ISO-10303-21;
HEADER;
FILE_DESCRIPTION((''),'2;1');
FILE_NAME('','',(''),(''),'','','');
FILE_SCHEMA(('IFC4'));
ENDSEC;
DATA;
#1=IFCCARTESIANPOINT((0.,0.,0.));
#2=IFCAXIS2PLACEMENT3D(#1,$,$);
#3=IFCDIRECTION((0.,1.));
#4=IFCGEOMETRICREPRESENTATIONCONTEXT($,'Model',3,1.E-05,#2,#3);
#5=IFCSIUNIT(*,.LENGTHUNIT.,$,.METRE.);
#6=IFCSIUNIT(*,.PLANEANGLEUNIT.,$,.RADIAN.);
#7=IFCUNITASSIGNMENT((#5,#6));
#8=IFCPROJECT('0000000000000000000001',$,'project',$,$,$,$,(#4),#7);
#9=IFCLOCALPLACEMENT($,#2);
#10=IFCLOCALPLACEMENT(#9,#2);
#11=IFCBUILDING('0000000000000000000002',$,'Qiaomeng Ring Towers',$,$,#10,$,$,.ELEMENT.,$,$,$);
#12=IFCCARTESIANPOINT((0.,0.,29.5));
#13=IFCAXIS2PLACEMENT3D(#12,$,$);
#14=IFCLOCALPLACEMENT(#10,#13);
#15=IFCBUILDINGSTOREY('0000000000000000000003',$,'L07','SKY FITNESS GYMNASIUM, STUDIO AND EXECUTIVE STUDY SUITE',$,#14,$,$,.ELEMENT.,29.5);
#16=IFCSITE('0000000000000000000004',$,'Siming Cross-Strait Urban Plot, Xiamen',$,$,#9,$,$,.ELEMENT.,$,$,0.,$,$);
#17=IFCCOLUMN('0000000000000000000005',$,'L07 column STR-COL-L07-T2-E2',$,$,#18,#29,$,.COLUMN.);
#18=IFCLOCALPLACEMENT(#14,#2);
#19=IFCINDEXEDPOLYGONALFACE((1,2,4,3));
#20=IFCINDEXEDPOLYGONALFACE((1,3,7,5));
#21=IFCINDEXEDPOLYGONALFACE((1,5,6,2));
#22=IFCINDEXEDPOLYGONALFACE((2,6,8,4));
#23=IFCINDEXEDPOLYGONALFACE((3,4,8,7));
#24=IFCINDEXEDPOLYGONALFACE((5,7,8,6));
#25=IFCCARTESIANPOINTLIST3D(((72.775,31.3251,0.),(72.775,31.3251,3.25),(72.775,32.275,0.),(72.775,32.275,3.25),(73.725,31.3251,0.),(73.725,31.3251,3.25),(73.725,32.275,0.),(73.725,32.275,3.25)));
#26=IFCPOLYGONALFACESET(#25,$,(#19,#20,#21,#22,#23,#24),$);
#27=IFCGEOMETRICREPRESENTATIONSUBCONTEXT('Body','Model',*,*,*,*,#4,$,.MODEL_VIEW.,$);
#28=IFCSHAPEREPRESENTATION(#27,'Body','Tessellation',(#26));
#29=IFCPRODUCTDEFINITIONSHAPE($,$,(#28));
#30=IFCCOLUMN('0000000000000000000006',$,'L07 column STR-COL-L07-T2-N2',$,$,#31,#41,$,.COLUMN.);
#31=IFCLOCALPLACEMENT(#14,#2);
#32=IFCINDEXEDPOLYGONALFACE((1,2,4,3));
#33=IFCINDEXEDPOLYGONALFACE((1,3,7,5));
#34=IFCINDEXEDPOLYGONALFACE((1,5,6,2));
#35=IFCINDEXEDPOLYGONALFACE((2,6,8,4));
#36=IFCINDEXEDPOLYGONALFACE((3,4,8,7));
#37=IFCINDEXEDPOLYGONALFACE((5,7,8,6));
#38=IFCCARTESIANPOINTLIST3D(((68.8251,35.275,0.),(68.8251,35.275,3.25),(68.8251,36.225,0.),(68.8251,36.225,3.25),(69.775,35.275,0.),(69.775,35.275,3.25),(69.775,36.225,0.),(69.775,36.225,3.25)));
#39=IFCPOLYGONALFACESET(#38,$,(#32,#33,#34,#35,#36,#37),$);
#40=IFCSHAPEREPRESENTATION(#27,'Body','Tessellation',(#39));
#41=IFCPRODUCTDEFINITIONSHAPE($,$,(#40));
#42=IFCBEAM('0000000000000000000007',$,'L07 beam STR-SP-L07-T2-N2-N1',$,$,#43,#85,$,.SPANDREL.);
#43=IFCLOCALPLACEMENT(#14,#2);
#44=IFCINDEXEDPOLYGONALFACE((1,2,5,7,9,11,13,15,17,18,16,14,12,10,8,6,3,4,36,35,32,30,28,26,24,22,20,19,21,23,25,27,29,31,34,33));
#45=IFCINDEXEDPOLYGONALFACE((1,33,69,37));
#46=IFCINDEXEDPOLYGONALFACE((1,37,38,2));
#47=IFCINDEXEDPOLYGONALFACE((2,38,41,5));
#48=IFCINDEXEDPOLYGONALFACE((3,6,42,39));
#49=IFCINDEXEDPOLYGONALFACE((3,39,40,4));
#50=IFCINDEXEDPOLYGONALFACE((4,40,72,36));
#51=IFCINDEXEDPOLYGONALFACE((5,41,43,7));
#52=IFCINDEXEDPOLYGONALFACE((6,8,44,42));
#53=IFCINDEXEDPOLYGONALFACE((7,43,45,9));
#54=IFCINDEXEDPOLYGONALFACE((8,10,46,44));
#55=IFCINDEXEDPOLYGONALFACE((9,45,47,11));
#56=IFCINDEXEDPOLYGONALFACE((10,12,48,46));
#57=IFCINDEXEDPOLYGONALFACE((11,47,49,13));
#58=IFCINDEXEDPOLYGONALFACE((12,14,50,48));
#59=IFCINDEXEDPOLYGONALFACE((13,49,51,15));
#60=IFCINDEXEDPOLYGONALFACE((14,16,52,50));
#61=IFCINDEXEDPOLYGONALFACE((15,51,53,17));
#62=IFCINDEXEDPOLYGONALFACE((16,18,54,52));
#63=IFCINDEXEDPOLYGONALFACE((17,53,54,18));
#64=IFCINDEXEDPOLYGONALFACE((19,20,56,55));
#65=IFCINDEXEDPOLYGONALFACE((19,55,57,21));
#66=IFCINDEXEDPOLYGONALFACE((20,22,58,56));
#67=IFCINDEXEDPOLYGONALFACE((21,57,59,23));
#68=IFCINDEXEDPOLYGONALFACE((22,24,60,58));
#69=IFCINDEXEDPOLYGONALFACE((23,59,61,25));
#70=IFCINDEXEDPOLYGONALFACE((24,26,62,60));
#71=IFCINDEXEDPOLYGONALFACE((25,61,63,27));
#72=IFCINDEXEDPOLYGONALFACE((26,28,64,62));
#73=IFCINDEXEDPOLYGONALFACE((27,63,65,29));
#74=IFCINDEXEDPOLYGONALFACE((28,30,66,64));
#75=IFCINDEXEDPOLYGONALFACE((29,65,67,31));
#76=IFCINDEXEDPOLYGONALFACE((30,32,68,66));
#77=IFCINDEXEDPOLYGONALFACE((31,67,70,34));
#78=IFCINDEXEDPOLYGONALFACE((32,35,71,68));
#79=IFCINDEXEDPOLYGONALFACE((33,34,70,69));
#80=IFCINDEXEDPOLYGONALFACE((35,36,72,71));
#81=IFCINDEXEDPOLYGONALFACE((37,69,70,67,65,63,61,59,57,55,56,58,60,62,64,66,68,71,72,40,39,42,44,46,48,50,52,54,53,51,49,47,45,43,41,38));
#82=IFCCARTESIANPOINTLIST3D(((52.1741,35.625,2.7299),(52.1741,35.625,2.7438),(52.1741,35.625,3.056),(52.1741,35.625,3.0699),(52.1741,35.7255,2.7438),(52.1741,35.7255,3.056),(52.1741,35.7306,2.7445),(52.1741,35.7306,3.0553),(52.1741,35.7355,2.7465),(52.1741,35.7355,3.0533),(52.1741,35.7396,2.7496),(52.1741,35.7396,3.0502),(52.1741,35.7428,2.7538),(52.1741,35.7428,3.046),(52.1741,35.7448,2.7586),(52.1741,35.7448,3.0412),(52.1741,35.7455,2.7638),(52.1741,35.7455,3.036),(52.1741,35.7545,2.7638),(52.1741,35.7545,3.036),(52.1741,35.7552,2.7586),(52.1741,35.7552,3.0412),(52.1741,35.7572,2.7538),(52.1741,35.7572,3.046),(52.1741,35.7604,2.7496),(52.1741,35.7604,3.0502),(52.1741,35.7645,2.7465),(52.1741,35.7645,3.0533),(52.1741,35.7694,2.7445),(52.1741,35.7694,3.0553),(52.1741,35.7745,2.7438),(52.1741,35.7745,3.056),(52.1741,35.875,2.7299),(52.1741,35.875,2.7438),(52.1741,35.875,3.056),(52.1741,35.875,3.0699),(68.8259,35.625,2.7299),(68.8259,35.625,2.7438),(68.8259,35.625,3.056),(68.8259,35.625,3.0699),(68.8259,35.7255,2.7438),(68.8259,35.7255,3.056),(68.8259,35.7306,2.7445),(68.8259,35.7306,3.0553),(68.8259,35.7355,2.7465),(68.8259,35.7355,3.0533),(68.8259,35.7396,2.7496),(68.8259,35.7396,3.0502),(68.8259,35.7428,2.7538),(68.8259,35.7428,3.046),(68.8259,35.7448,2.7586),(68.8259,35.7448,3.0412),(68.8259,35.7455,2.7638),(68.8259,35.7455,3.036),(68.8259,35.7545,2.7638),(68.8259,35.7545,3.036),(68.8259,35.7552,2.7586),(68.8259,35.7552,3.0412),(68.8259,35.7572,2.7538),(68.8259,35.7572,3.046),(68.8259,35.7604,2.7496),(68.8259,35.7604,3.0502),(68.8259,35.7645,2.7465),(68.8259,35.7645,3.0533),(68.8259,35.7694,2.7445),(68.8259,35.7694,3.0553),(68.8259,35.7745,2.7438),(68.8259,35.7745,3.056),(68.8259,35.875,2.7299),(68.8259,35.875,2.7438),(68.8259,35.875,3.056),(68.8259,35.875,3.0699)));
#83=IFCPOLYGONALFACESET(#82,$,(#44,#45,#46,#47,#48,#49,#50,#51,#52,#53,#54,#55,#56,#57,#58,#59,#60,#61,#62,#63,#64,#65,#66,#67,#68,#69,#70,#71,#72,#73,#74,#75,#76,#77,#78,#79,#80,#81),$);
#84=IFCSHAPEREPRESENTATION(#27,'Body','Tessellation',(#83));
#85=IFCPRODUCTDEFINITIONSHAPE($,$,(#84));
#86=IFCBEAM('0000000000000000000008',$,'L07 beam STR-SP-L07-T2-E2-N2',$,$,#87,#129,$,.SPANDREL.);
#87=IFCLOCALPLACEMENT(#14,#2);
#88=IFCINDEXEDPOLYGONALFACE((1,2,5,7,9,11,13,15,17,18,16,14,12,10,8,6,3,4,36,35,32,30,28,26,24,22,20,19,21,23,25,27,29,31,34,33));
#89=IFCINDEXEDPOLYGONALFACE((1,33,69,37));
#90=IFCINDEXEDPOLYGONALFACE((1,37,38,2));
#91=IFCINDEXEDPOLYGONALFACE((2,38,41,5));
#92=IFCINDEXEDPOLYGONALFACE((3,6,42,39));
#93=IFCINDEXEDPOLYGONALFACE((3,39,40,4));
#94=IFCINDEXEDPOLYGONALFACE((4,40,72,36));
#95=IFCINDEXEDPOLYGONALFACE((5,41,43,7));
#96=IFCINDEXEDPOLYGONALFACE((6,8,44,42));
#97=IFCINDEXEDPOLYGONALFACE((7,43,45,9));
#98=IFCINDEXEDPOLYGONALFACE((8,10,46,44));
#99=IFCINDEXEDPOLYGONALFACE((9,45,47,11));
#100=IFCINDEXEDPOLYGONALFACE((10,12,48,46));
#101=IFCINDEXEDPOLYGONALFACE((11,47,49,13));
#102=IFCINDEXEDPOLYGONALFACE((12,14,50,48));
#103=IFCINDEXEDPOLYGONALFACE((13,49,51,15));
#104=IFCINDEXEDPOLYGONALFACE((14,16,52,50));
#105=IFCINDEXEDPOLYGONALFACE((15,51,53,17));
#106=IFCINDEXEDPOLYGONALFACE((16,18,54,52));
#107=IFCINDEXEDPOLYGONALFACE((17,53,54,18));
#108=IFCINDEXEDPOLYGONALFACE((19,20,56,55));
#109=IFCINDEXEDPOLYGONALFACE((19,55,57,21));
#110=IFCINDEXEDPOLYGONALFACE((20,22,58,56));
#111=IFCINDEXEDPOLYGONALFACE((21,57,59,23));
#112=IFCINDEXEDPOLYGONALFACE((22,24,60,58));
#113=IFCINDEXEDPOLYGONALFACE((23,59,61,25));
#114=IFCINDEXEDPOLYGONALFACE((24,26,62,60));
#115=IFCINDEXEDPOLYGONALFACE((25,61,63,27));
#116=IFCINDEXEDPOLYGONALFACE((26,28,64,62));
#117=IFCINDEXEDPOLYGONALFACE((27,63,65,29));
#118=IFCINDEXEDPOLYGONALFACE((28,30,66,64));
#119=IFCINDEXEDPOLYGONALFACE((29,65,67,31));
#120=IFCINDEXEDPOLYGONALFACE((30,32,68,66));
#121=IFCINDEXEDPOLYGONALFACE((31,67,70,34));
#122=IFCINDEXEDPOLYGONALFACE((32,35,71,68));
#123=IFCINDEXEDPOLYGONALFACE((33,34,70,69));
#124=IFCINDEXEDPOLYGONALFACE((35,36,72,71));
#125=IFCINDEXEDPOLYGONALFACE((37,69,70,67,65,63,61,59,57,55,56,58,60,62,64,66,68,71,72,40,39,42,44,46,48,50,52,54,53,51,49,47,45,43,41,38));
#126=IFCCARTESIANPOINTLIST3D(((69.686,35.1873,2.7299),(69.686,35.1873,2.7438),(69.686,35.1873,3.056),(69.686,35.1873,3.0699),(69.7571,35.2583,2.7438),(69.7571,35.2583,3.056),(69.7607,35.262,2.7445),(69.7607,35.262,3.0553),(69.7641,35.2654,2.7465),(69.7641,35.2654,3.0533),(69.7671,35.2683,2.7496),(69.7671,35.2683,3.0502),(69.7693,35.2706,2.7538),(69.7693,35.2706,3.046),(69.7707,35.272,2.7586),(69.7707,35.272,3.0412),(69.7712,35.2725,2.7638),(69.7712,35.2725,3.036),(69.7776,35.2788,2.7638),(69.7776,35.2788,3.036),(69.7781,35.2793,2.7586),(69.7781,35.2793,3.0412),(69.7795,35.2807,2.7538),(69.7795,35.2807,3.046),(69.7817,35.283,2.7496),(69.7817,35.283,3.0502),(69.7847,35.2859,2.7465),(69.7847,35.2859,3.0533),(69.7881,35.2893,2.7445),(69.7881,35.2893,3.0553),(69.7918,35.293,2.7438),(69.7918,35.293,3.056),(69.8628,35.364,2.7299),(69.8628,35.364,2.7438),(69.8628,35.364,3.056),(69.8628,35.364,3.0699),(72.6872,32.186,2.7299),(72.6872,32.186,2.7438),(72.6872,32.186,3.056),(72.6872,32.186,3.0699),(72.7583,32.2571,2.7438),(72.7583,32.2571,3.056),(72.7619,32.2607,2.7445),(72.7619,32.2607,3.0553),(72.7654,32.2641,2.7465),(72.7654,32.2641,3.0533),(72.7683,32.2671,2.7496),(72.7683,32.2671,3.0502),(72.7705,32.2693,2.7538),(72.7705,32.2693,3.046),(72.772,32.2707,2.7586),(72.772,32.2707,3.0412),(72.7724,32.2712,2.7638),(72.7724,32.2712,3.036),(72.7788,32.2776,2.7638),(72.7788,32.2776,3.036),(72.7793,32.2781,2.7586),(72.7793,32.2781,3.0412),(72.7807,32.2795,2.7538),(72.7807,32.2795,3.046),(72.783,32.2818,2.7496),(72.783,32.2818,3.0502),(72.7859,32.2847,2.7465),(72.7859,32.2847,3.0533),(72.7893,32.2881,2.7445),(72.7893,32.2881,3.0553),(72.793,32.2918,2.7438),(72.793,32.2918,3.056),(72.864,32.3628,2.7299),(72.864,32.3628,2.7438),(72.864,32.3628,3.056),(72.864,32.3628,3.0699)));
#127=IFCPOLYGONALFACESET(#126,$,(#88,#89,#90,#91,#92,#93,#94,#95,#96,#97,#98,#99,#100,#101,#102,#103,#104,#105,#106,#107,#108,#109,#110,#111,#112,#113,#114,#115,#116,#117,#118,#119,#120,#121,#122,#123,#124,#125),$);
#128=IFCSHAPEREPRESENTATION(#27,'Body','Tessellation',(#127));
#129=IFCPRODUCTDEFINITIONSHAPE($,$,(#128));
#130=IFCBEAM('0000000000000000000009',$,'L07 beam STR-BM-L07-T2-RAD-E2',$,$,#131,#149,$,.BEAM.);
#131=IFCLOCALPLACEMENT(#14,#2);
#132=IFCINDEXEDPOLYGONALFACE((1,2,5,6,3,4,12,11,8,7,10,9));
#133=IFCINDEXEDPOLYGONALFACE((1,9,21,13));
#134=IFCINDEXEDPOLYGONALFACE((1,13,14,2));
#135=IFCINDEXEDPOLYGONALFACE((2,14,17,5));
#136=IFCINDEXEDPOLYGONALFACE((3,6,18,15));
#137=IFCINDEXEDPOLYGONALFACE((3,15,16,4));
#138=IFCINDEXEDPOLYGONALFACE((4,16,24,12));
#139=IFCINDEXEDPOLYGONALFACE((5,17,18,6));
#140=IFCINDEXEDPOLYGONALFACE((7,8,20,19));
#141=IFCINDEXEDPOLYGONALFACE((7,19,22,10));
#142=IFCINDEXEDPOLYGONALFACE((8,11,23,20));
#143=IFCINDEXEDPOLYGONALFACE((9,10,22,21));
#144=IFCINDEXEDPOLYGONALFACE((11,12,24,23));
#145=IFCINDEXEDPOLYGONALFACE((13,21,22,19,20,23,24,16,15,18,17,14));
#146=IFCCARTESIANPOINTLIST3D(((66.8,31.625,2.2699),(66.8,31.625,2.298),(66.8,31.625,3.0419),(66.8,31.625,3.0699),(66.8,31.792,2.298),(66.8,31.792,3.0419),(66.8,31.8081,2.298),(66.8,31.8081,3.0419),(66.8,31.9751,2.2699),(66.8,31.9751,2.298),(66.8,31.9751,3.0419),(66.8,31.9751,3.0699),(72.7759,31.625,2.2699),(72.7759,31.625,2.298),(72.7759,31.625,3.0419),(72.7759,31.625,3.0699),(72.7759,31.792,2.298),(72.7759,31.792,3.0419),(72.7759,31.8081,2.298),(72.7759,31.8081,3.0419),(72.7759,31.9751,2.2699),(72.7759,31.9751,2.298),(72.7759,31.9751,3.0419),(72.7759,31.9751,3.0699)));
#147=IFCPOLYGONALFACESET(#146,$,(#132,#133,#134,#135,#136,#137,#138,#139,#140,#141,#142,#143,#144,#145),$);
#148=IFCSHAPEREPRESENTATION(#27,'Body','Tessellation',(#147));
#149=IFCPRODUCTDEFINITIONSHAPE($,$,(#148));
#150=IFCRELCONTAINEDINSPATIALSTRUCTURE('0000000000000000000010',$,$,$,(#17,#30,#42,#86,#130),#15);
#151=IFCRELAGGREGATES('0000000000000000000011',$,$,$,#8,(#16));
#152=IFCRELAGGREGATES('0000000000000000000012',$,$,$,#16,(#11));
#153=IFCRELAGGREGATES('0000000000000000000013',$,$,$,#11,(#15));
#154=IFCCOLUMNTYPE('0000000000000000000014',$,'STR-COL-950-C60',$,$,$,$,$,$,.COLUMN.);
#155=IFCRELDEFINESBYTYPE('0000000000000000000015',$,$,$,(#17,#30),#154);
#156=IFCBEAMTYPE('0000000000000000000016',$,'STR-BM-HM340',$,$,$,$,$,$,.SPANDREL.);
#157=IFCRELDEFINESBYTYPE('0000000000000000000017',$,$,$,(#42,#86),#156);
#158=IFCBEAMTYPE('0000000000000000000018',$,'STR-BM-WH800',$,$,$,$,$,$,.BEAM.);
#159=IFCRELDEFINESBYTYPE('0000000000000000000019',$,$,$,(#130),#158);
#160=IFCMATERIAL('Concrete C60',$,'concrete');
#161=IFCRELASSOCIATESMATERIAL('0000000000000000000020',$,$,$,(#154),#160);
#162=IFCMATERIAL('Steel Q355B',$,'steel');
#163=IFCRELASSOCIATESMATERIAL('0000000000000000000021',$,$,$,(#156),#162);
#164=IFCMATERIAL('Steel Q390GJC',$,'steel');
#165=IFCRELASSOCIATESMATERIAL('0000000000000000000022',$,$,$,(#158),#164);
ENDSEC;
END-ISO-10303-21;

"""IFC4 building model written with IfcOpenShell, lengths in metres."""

from ifc_helpers import new_model, si_unit, direction, frame, origin, origin_2d, place, context, subcontext, project, spatial, rectangle, i_section, extrude, source, transform, mapped, material, material_profile, profile_set, type_object, element, save


model = new_model("IFC4")

# Units and contexts
model_context = context("Model", 3, precision=1e-05, world=origin(), true_north=direction((0.0, 1.0)))
body_context = subcontext(model_context, "Body", "Model", "MODEL_VIEW")
ifc_project = project(units=[si_unit("LENGTHUNIT", "METRE"), si_unit("PLANEANGLEUNIT", "RADIAN")], contexts=[model_context])

# Site, building, storey
site_placement = place(None, origin())
site = spatial("IfcSite", under=ifc_project, at=site_placement, Name="Siming Cross-Strait Urban Plot, Xiamen", CompositionType="ELEMENT", RefElevation=0.0)
building_placement = place(site_placement, origin())
building = spatial("IfcBuilding", under=site, at=building_placement, Name="Qiaomeng Ring Towers", CompositionType="ELEMENT")
storey_placement = place(building_placement, frame((0.0, 0.0, 29.5)))
storey = spatial("IfcBuildingStorey", under=building, at=storey_placement, Name="L07", Description="SKY FITNESS GYMNASIUM, STUDIO AND EXECUTIVE STUDY SUITE", CompositionType="ELEMENT", Elevation=29.5)

# Columns
ifc_material_1 = material(Name="Concrete C60", Category="concrete")
ifc_material_profile_1 = material_profile(ifc_material_1, rectangle(XDim=0.95, YDim=0.95, at=origin_2d()), Name="RC COL 950x950")
ifc_profile_set_1 = profile_set([ifc_material_profile_1], Name="Concrete C60")
column_type = type_object("IfcColumnType", Name="STR-COL-950-C60", PredefinedType="COLUMN", material=ifc_profile_set_1)
shared_shape_1 = source(origin(), body_context, "Body", "SweptSolid", [
    extrude(rectangle(XDim=0.95, YDim=0.95, at=origin_2d()), origin(), (0.0, 0.0, 1.0), 3.25),
])
for number, where, z_axis, x_axis, name in (
    (1, (73.25, 31.8, 0.0), (0.0, 0.0, 1.0), (1.0, 0.0, 0.0), "L07 column STR-COL-L07-T2-E2"),
    (2, (69.3, 35.75, 0.0), (0.0, 0.0, 1.0), (1.0, 0.0, 0.0), "L07 column STR-COL-L07-T2-N2"),
):
    element("IfcColumn", number, at=place(storey_placement, frame(where, z_axis=z_axis, x_axis=x_axis)), inside=storey, type_object=column_type, Name=name, PredefinedType="COLUMN", context=body_context, shape_type="MappedRepresentation", body=[
        mapped(shared_shape_1, transform((0.0, 0.0, 0.0), x_axis=(1.0, 0.0, 0.0), y_axis=(0.0, 1.0, 0.0), z_axis=(0.0, 0.0, 1.0), scale=1.0)),
    ])

# Beams
ifc_material_2 = material(Name="Steel Q355B", Category="steel")
ifc_material_profile_2 = material_profile(ifc_material_2, i_section(OverallWidth=0.25, OverallDepth=0.3401, WebThickness=0.009, FlangeThickness=0.0139, FilletRadius=0.02, at=origin_2d()), Name="HM 340x250x9x14")
ifc_profile_set_2 = profile_set([ifc_material_profile_2], Name="Steel Q355B")
beam_type_1 = type_object("IfcBeamType", Name="STR-BM-HM340", PredefinedType="SPANDREL", material=ifc_profile_set_2)
shared_shape_2 = source(origin(), body_context, "Body", "SweptSolid", [
    extrude(i_section(OverallWidth=0.25, OverallDepth=0.3401, WebThickness=0.009, FlangeThickness=0.0139, FilletRadius=0.02, at=origin_2d()), origin(), (0.0, 0.0, 1.0), 16.6519),
])
beam_1_placement = place(storey_placement, frame((68.8259, 35.75, 2.8999), z_axis=(-1.0, 0.0, 0.0), x_axis=(0.0, -1.0, 0.0)))
element("IfcBeam", 3, at=beam_1_placement, inside=storey, type_object=beam_type_1, Name="L07 beam STR-SP-L07-T2-N2-N1", PredefinedType="SPANDREL", context=body_context, shape_type="MappedRepresentation", body=[
    mapped(shared_shape_2, transform((0.0, 0.0, 0.0), x_axis=(1.0, 0.0, 0.0), y_axis=(0.0, 1.0, 0.0), z_axis=(0.0, 0.0, 1.0), scale=1.0)),
])
shared_shape_3 = source(origin(), body_context, "Body", "SweptSolid", [
    extrude(i_section(OverallWidth=0.25, OverallDepth=0.3401, WebThickness=0.009, FlangeThickness=0.0139, FilletRadius=0.02, at=origin_2d()), origin(), (0.0, 0.0, 1.0), 4.2444),
])
beam_2_placement = place(storey_placement, frame((72.7756, 32.2744, 2.8999), z_axis=(-0.707107, 0.707107, 0.0), x_axis=(-0.707107, -0.707107, 0.0)))
element("IfcBeam", 4, at=beam_2_placement, inside=storey, type_object=beam_type_1, Name="L07 beam STR-SP-L07-T2-E2-N2", PredefinedType="SPANDREL", context=body_context, shape_type="MappedRepresentation", body=[
    mapped(shared_shape_3, transform((0.0, 0.0, 0.0), x_axis=(1.0, 0.0, 0.0), y_axis=(0.0, 1.0, 0.0), z_axis=(0.0, 0.0, 1.0), scale=1.0)),
])
ifc_material_3 = material(Name="Steel Q390GJC", Category="steel")
ifc_material_profile_3 = material_profile(ifc_material_3, i_section(OverallWidth=0.3501, OverallDepth=0.8, WebThickness=0.0161, FlangeThickness=0.0281, at=origin_2d()), Name="WH 800x350x16x28")
ifc_profile_set_3 = profile_set([ifc_material_profile_3], Name="Steel Q390GJC")
beam_type_2 = type_object("IfcBeamType", Name="STR-BM-WH800", PredefinedType="BEAM", material=ifc_profile_set_3)
shared_shape_4 = source(origin(), body_context, "Body", "SweptSolid", [
    extrude(i_section(OverallWidth=0.3501, OverallDepth=0.8, WebThickness=0.0161, FlangeThickness=0.0281, at=origin_2d()), origin(), (0.0, 0.0, 1.0), 5.9758),
])
beam_3_placement = place(storey_placement, frame((66.8, 31.8, 2.6699), z_axis=(1.0, 0.0, 0.0), x_axis=(0.0, 1.0, 0.0)))
element("IfcBeam", 5, at=beam_3_placement, inside=storey, type_object=beam_type_2, Name="L07 beam STR-BM-L07-T2-RAD-E2", PredefinedType="BEAM", context=body_context, shape_type="MappedRepresentation", body=[
    mapped(shared_shape_4, transform((0.0, 0.0, 0.0), x_axis=(1.0, 0.0, 0.0), y_axis=(0.0, 1.0, 0.0), z_axis=(0.0, 0.0, 1.0), scale=1.0)),
])

save(model, "model.ifc")
